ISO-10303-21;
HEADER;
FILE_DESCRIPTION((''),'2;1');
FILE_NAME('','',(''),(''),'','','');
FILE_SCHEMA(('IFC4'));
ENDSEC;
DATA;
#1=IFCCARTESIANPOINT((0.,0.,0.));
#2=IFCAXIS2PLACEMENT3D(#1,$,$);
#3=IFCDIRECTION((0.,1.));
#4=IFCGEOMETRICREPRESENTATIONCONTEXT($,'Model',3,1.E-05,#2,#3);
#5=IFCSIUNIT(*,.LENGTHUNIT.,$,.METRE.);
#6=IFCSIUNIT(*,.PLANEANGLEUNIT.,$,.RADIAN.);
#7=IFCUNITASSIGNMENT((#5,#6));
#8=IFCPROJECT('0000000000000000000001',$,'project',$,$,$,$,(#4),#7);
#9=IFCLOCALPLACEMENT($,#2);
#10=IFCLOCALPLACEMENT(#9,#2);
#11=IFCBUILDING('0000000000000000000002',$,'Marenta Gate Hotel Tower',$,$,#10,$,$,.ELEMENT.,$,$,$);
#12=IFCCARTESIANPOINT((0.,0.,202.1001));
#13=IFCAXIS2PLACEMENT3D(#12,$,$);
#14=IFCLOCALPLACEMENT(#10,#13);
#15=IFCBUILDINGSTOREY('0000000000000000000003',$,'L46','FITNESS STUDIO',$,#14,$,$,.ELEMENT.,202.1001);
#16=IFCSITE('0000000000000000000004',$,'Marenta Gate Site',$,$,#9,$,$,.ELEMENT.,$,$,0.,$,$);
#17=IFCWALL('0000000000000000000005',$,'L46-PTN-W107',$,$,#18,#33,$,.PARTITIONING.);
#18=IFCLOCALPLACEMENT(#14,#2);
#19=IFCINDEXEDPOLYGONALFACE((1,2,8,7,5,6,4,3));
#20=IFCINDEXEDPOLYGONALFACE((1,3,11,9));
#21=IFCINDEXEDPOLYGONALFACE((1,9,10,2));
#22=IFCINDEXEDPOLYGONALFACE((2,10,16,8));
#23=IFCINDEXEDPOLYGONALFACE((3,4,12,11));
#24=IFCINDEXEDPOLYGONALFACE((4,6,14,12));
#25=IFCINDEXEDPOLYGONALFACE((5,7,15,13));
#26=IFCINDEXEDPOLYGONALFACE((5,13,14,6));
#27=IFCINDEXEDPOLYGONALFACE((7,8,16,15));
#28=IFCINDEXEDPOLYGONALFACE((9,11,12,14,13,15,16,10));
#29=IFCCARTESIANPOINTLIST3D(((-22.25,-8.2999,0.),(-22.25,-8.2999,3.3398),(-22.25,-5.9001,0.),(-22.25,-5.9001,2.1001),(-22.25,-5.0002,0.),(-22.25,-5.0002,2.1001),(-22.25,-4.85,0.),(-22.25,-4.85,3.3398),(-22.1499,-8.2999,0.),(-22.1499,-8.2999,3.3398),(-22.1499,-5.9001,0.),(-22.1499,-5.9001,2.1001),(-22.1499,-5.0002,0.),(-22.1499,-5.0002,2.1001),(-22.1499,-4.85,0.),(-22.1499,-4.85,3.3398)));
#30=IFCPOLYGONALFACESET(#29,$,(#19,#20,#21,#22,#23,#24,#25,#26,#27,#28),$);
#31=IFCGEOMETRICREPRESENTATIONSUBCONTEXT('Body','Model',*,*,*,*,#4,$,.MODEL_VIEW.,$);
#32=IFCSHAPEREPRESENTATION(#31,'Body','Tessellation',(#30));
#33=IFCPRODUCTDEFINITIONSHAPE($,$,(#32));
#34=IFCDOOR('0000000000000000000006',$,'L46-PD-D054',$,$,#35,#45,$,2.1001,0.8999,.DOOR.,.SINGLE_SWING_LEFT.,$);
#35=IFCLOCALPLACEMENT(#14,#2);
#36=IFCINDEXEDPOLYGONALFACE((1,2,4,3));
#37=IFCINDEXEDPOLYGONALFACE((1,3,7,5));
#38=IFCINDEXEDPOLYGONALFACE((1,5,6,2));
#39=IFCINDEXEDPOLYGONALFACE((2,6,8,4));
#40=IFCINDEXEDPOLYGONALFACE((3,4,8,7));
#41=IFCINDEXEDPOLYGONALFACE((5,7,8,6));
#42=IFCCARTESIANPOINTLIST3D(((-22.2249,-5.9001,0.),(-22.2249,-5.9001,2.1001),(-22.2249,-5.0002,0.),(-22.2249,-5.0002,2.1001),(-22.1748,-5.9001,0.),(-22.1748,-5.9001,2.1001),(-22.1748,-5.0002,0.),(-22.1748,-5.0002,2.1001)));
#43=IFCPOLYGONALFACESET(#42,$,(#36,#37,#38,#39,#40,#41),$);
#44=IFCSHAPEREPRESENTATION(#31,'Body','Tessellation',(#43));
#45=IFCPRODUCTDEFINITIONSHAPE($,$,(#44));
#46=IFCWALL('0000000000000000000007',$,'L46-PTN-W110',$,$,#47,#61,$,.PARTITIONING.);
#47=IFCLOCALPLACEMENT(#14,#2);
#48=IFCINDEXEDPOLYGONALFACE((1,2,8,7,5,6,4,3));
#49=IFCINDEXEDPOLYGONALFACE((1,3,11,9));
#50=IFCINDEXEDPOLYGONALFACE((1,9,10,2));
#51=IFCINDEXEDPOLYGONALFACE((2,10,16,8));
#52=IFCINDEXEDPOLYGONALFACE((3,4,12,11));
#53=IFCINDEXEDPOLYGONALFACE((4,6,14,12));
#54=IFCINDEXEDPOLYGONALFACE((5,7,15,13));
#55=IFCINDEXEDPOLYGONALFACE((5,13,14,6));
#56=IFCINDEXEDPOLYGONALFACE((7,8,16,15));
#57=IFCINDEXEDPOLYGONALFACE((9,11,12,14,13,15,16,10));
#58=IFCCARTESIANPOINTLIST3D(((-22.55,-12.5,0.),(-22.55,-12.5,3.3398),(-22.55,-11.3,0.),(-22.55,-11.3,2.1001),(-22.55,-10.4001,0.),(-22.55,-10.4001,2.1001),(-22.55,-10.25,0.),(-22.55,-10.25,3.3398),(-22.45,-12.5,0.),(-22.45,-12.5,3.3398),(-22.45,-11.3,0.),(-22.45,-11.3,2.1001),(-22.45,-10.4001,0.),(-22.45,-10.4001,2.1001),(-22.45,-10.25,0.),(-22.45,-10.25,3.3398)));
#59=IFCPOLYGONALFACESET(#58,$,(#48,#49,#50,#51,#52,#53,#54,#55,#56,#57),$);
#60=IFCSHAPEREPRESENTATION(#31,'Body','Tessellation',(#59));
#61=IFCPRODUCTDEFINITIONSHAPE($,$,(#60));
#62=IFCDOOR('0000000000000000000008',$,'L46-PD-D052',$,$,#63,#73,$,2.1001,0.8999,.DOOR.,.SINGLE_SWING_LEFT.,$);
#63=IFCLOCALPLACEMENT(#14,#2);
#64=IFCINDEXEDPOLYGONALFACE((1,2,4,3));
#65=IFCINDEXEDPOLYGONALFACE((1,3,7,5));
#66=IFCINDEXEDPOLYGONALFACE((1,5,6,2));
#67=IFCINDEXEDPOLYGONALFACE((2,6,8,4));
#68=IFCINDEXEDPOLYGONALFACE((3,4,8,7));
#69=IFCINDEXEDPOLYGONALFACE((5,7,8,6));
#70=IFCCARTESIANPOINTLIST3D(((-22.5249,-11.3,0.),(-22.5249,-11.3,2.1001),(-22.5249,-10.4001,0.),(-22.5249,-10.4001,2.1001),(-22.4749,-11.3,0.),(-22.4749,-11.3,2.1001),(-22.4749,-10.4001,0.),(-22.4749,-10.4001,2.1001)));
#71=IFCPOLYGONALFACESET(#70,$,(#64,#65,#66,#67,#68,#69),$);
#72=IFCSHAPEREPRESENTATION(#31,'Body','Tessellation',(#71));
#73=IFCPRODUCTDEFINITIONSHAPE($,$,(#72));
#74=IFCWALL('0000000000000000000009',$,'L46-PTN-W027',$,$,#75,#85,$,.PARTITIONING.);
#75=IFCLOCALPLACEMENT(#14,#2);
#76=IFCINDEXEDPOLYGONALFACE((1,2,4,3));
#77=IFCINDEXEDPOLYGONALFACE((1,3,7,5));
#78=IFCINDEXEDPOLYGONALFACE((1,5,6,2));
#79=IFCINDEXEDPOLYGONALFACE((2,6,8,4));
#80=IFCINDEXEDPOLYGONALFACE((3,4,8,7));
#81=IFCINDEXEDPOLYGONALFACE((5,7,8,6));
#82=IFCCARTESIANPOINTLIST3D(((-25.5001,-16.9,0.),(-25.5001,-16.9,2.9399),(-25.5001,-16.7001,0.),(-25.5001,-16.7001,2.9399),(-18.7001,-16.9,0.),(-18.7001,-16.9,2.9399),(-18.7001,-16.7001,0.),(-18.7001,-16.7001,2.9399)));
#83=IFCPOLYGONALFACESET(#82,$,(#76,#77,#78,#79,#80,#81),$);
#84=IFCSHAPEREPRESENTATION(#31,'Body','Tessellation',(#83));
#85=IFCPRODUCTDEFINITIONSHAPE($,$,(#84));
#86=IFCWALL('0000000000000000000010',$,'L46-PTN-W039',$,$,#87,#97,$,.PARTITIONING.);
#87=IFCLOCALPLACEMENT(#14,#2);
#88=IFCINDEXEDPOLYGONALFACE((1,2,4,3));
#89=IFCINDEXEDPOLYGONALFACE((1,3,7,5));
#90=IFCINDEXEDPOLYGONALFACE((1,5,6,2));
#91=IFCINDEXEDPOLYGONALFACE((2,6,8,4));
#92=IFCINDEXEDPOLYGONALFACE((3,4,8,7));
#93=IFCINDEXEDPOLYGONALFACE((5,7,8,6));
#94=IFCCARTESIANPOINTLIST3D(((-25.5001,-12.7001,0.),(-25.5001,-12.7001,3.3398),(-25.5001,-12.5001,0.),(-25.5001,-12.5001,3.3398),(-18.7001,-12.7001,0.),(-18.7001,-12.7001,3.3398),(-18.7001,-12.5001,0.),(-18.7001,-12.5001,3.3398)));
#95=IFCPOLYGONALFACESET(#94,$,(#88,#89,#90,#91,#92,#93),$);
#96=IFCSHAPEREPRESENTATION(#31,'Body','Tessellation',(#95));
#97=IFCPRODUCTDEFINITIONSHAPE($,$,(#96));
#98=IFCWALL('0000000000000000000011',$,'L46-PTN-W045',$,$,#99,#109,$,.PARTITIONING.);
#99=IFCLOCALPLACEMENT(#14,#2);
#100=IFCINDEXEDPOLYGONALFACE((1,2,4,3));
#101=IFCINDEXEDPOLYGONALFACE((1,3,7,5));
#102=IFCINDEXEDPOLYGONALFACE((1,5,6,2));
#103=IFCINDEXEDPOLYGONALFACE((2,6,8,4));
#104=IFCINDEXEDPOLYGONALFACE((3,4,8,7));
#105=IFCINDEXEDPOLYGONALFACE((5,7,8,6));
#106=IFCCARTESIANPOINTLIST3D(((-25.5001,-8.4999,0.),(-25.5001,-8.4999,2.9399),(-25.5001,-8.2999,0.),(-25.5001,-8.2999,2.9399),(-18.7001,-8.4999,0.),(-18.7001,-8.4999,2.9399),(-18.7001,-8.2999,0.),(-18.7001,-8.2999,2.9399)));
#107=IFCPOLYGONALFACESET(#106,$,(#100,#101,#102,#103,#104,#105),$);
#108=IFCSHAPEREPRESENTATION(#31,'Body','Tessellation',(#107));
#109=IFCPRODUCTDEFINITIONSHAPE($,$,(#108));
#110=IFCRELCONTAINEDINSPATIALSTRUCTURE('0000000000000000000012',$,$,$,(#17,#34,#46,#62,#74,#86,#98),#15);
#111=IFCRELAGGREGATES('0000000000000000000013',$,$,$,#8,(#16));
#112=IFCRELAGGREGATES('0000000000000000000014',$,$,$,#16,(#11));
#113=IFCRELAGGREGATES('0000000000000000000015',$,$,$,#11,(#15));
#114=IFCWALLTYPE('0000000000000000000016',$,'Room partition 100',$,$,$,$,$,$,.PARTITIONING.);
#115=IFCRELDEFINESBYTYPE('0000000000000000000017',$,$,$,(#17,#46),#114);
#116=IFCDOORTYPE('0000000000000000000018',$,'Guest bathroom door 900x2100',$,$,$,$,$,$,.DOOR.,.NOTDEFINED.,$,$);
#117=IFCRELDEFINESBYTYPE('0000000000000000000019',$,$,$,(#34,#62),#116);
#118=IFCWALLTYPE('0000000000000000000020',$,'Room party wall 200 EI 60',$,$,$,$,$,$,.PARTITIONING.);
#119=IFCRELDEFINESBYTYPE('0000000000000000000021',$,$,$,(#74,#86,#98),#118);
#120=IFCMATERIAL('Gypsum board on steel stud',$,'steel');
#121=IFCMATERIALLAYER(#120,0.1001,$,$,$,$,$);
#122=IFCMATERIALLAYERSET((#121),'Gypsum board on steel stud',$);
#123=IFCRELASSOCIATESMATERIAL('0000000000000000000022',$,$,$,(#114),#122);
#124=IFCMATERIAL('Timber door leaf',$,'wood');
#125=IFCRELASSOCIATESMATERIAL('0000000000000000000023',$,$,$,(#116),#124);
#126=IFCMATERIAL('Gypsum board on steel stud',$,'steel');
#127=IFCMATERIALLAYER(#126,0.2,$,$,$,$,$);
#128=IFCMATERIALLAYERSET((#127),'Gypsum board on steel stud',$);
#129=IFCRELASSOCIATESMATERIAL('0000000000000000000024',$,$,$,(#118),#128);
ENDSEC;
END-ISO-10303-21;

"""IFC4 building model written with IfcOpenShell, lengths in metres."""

from ifc_helpers import new_model, si_unit, direction, frame, frame_2d, origin, place, context, subcontext, project, spatial, rectangle, extrude, material, layer, layer_set, type_object, element, fill, save


model = new_model("IFC4")

# Units and contexts
model_context = context("Model", 3, precision=1e-05, world=origin(), true_north=direction((0.0, 1.0)))
body_context = subcontext(model_context, "Body", "Model", "MODEL_VIEW")
ifc_project = project(units=[si_unit("LENGTHUNIT", "METRE"), si_unit("PLANEANGLEUNIT", "RADIAN")], contexts=[model_context])

# Site, building, storey
site_placement = place(None, origin())
site = spatial("IfcSite", under=ifc_project, at=site_placement, Name="Marenta Gate Site", CompositionType="ELEMENT", RefElevation=0.0)
building_placement = place(site_placement, origin())
building = spatial("IfcBuilding", under=site, at=building_placement, Name="Marenta Gate Hotel Tower", CompositionType="ELEMENT")
storey_placement = place(building_placement, frame((0.0, 0.0, 202.1001)))
storey = spatial("IfcBuildingStorey", under=building, at=storey_placement, Name="L46", Description="FITNESS STUDIO", CompositionType="ELEMENT", Elevation=202.1001)

# Shared definitions
ifc_material_1 = material(Name="Gypsum board on steel stud", Category="steel")
ifc_layer_1 = layer(ifc_material_1, 0.1001)
ifc_layer_set_1 = layer_set([ifc_layer_1], Name="Gypsum board on steel stud")
wall_type_1 = type_object("IfcWallType", Name="Room partition 100", PredefinedType="PARTITIONING", material=ifc_layer_set_1)

# Walls, openings, doors
ifc_material_2 = material(Name="Timber door leaf", Category="wood")
door_type = type_object("IfcDoorType", Name="Guest bathroom door 900x2100", OperationType="NOTDEFINED", PredefinedType="DOOR", material=ifc_material_2)
wall_1_placement = place(storey_placement, frame((-22.2, -8.3, 0.0), z_axis=(0.0, 0.0, 1.0), x_axis=(0.0, 1.0, 0.0)))
wall_1 = element("IfcWall", 1, at=wall_1_placement, inside=storey, type_object=wall_type_1, Name="L46-PTN-W107", PredefinedType="PARTITIONING", context=body_context, shape_type="SweptSolid", body=[
    extrude(rectangle(XDim=3.45, YDim=0.1001, at=frame_2d((1.7251, 0.0))), origin(), (0.0, 0.0, 1.0), 3.3398),
])
opening_1_placement = place(wall_1_placement, frame((2.3999, 0.0, 0.0)))
opening_1 = element("IfcOpeningElement", 2, at=opening_1_placement, cuts=wall_1, PredefinedType="OPENING", context=body_context, shape_type="SweptSolid", body=[
    extrude(rectangle(XDim=0.8999, YDim=2.1001, at=frame_2d((0.45, 1.05))), frame((0.0, 0.05, 0.0), z_axis=(0.0, -1.0, 0.0), x_axis=(1.0, 0.0, 0.0)), (0.0, 0.0, 1.0), 0.1001),
])
door_1_placement = place(opening_1_placement, origin())
door_1 = element("IfcDoor", 3, at=door_1_placement, inside=storey, type_object=door_type, Name="L46-PD-D054", OperationType="SINGLE_SWING_LEFT", OverallHeight=2.1001, OverallWidth=0.8999, PredefinedType="DOOR", context=body_context, shape_type="SweptSolid", body=[
    extrude(rectangle(XDim=0.8999, YDim=2.1001, at=frame_2d((0.45, 1.05))), frame((0.0, 0.0249, 0.0), z_axis=(0.0, -1.0, 0.0), x_axis=(1.0, 0.0, 0.0)), (0.0, 0.0, 1.0), 0.05),
])
fill(opening_1, door_1)
wall_2_placement = place(storey_placement, frame((-22.5, -12.5, 0.0), z_axis=(0.0, 0.0, 1.0), x_axis=(0.0, 1.0, 0.0)))
wall_2 = element("IfcWall", 4, at=wall_2_placement, inside=storey, type_object=wall_type_1, Name="L46-PTN-W110", PredefinedType="PARTITIONING", context=body_context, shape_type="SweptSolid", body=[
    extrude(rectangle(XDim=2.25, YDim=0.1001, at=frame_2d((1.125, 0.0))), origin(), (0.0, 0.0, 1.0), 3.3398),
])
opening_2_placement = place(wall_2_placement, frame((1.2, 0.0, 0.0)))
opening_2 = element("IfcOpeningElement", 5, at=opening_2_placement, cuts=wall_2, PredefinedType="OPENING", context=body_context, shape_type="SweptSolid", body=[
    extrude(rectangle(XDim=0.8999, YDim=2.1001, at=frame_2d((0.45, 1.05))), frame((0.0, 0.05, 0.0), z_axis=(0.0, -1.0, 0.0), x_axis=(1.0, 0.0, 0.0)), (0.0, 0.0, 1.0), 0.1001),
])
door_2_placement = place(opening_2_placement, origin())
door_2 = element("IfcDoor", 6, at=door_2_placement, inside=storey, type_object=door_type, Name="L46-PD-D052", OperationType="SINGLE_SWING_LEFT", OverallHeight=2.1001, OverallWidth=0.8999, PredefinedType="DOOR", context=body_context, shape_type="SweptSolid", body=[
    extrude(rectangle(XDim=0.8999, YDim=2.1001, at=frame_2d((0.45, 1.05))), frame((0.0, 0.0249, 0.0), z_axis=(0.0, -1.0, 0.0), x_axis=(1.0, 0.0, 0.0)), (0.0, 0.0, 1.0), 0.05),
])
fill(opening_2, door_2)

# Walls
ifc_material_3 = material(Name="Gypsum board on steel stud", Category="steel")
ifc_layer_2 = layer(ifc_material_3, 0.2)
ifc_layer_set_2 = layer_set([ifc_layer_2], Name="Gypsum board on steel stud")
wall_type_2 = type_object("IfcWallType", Name="Room party wall 200 EI 60", PredefinedType="PARTITIONING", material=ifc_layer_set_2)
wall_3_placement = place(storey_placement, frame((-25.5, -16.8, 0.0), z_axis=(0.0, 0.0, 1.0), x_axis=(1.0, 0.0, 0.0)))
element("IfcWall", 7, at=wall_3_placement, inside=storey, type_object=wall_type_2, Name="L46-PTN-W027", PredefinedType="PARTITIONING", context=body_context, shape_type="SweptSolid", body=[
    extrude(rectangle(XDim=6.8, YDim=0.2, at=frame_2d((3.3999, 0.0))), origin(), (0.0, 0.0, 1.0), 2.9399),
])
wall_4_placement = place(storey_placement, frame((-25.5, -12.6001, 0.0), z_axis=(0.0, 0.0, 1.0), x_axis=(1.0, 0.0, 0.0)))
element("IfcWall", 8, at=wall_4_placement, inside=storey, type_object=wall_type_2, Name="L46-PTN-W039", PredefinedType="PARTITIONING", context=body_context, shape_type="SweptSolid", body=[
    extrude(rectangle(XDim=6.8, YDim=0.2, at=frame_2d((3.3999, 0.0))), origin(), (0.0, 0.0, 1.0), 3.3398),
])
wall_5_placement = place(storey_placement, frame((-25.5, -8.3999, 0.0), z_axis=(0.0, 0.0, 1.0), x_axis=(1.0, 0.0, 0.0)))
element("IfcWall", 9, at=wall_5_placement, inside=storey, type_object=wall_type_2, Name="L46-PTN-W045", PredefinedType="PARTITIONING", context=body_context, shape_type="SweptSolid", body=[
    extrude(rectangle(XDim=6.8, YDim=0.2, at=frame_2d((3.3999, 0.0))), origin(), (0.0, 0.0, 1.0), 2.9399),
])

save(model, "model.ifc")
